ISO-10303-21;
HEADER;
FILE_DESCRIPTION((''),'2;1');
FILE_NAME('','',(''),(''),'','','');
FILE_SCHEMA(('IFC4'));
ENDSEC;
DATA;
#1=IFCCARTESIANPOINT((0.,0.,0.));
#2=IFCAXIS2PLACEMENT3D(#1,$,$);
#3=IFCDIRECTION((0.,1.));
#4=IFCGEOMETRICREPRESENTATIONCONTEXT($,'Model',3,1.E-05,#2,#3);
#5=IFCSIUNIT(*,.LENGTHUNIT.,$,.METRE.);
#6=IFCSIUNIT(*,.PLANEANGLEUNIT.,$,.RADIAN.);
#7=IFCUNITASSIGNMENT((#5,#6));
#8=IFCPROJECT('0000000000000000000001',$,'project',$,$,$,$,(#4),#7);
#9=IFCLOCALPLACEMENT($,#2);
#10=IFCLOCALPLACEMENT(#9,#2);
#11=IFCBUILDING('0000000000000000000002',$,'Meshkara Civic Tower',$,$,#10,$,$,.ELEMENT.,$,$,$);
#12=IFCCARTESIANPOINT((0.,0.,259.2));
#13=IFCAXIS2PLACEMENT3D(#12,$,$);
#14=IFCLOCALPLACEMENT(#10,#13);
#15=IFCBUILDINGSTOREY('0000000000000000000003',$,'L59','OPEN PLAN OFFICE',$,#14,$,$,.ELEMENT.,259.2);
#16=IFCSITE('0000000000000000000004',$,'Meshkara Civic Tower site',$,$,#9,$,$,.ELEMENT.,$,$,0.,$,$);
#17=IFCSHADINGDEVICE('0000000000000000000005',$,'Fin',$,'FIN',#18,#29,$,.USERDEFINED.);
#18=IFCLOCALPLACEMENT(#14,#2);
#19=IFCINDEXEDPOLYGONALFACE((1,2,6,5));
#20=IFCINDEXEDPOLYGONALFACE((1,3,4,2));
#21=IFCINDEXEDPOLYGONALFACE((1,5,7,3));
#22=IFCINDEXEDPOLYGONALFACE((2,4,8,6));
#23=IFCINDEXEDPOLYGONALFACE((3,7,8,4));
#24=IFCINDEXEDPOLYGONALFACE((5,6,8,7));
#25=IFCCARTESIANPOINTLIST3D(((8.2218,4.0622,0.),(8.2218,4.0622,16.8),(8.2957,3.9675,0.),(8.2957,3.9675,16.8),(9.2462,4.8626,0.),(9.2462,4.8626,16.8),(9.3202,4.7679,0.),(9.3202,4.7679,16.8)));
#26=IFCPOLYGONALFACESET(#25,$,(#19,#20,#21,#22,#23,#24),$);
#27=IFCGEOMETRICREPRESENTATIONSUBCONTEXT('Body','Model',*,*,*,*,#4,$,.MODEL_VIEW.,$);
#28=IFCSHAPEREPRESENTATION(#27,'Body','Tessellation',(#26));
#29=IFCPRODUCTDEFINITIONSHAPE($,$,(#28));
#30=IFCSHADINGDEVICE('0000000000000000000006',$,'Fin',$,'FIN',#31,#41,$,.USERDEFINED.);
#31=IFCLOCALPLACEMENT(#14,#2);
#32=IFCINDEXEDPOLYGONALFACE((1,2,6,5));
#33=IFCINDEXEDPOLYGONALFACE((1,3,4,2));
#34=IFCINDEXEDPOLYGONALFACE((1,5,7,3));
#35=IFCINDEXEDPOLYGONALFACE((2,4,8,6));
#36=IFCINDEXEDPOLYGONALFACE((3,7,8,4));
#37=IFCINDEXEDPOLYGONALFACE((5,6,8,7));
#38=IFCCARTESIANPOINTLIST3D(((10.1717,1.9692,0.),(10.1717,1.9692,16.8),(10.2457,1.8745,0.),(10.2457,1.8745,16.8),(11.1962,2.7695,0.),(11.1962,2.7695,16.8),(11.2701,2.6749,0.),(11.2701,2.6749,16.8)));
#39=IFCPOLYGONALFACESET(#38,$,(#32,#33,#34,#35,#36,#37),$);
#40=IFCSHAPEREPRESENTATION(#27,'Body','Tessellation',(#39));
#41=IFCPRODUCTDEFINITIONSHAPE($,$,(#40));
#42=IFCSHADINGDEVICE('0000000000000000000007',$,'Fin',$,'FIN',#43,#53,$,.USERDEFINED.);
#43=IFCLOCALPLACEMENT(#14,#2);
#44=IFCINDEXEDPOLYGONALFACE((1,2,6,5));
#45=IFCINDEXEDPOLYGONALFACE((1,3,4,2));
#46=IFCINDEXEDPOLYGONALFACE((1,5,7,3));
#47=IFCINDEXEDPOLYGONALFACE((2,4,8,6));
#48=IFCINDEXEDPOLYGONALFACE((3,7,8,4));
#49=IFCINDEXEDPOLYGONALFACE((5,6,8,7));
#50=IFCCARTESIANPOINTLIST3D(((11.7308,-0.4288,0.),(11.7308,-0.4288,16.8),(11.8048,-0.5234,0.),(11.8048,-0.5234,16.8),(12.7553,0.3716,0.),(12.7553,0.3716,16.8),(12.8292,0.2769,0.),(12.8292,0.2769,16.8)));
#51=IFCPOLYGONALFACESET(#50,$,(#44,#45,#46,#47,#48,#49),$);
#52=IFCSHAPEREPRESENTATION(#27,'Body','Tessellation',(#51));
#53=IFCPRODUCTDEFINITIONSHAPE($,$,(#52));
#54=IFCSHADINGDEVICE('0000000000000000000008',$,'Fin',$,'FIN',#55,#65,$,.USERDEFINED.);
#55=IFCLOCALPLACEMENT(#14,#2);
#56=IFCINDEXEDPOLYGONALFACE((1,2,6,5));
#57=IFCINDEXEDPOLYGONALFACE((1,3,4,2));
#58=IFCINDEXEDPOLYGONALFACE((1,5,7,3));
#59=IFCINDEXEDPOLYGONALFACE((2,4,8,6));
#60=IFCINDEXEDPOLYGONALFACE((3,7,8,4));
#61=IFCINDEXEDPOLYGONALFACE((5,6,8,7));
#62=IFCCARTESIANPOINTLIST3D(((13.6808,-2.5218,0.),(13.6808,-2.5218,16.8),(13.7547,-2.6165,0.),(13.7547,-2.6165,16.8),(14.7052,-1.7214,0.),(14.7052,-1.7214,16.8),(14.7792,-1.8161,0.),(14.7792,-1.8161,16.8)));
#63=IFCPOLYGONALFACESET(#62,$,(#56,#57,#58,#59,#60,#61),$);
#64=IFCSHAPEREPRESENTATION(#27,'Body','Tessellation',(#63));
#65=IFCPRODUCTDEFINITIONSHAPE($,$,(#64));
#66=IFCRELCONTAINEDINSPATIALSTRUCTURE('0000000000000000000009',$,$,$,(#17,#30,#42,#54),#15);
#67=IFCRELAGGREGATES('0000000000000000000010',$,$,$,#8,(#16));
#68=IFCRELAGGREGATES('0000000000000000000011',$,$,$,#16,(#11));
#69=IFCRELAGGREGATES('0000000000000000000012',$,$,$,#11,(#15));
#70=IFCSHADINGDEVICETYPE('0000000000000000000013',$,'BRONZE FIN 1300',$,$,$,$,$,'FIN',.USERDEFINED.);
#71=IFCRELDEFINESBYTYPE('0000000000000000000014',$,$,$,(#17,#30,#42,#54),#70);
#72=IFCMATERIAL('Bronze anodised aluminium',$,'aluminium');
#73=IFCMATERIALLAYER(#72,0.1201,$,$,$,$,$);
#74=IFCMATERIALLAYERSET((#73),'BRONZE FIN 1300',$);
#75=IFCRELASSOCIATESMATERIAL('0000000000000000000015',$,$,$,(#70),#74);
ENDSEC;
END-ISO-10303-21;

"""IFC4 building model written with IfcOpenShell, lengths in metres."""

from ifc_helpers import new_model, si_unit, direction, frame, origin, origin_2d, place, context, subcontext, project, spatial, rectangle, extrude, material, layer, layer_set, type_object, element, save


model = new_model("IFC4")

# Units and contexts
model_context = context("Model", 3, precision=1e-05, world=origin(), true_north=direction((0.0, 1.0)))
body_context = subcontext(model_context, "Body", "Model", "MODEL_VIEW")
ifc_project = project(units=[si_unit("LENGTHUNIT", "METRE"), si_unit("PLANEANGLEUNIT", "RADIAN")], contexts=[model_context])

# Site, building, storey
site_placement = place(None, origin())
site = spatial("IfcSite", under=ifc_project, at=site_placement, Name="Meshkara Civic Tower site", CompositionType="ELEMENT", RefElevation=0.0)
building_placement = place(site_placement, origin())
building = spatial("IfcBuilding", under=site, at=building_placement, Name="Meshkara Civic Tower", CompositionType="ELEMENT")
storey_placement = place(building_placement, frame((0.0, 0.0, 259.2)))
storey = spatial("IfcBuildingStorey", under=building, at=storey_placement, Name="L59", Description="OPEN PLAN OFFICE", CompositionType="ELEMENT", Elevation=259.2)

# Shading devices
ifc_material_1 = material(Name="Bronze anodised aluminium", Category="aluminium")
ifc_layer_1 = layer(ifc_material_1, 0.1201)
ifc_layer_set_1 = layer_set([ifc_layer_1], Name="BRONZE FIN 1300")
shading_device_type = type_object("IfcShadingDeviceType", Name="BRONZE FIN 1300", ElementType="FIN", PredefinedType="USERDEFINED", material=ifc_layer_set_1)
for number, where, z_axis, x_axis, name in (
    (1, (8.771, 4.415, 0.0), (0.0, 0.0, 1.0), (0.615661, -0.788011, 0.0), "Fin"),
    (2, (10.7209, 2.322, 0.0), (0.0, 0.0, 1.0), (0.615661, -0.788011, 0.0), "Fin"),
    (3, (12.28, -0.0759, 0.0), (0.0, 0.0, 1.0), (0.615661, -0.788011, 0.0), "Fin"),
    (4, (14.23, -2.1689, 0.0), (0.0, 0.0, 1.0), (0.615661, -0.788011, 0.0), "Fin"),
):
    element("IfcShadingDevice", number, at=place(storey_placement, frame(where, z_axis=z_axis, x_axis=x_axis)), inside=storey, type_object=shading_device_type, Name=name, ObjectType="FIN", PredefinedType="USERDEFINED", context=body_context, shape_type="SweptSolid", body=[
        extrude(rectangle(XDim=0.1201, YDim=1.3, at=origin_2d()), origin(), (0.0, 0.0, 1.0), 16.8),
    ])

save(model, "model.ifc")
